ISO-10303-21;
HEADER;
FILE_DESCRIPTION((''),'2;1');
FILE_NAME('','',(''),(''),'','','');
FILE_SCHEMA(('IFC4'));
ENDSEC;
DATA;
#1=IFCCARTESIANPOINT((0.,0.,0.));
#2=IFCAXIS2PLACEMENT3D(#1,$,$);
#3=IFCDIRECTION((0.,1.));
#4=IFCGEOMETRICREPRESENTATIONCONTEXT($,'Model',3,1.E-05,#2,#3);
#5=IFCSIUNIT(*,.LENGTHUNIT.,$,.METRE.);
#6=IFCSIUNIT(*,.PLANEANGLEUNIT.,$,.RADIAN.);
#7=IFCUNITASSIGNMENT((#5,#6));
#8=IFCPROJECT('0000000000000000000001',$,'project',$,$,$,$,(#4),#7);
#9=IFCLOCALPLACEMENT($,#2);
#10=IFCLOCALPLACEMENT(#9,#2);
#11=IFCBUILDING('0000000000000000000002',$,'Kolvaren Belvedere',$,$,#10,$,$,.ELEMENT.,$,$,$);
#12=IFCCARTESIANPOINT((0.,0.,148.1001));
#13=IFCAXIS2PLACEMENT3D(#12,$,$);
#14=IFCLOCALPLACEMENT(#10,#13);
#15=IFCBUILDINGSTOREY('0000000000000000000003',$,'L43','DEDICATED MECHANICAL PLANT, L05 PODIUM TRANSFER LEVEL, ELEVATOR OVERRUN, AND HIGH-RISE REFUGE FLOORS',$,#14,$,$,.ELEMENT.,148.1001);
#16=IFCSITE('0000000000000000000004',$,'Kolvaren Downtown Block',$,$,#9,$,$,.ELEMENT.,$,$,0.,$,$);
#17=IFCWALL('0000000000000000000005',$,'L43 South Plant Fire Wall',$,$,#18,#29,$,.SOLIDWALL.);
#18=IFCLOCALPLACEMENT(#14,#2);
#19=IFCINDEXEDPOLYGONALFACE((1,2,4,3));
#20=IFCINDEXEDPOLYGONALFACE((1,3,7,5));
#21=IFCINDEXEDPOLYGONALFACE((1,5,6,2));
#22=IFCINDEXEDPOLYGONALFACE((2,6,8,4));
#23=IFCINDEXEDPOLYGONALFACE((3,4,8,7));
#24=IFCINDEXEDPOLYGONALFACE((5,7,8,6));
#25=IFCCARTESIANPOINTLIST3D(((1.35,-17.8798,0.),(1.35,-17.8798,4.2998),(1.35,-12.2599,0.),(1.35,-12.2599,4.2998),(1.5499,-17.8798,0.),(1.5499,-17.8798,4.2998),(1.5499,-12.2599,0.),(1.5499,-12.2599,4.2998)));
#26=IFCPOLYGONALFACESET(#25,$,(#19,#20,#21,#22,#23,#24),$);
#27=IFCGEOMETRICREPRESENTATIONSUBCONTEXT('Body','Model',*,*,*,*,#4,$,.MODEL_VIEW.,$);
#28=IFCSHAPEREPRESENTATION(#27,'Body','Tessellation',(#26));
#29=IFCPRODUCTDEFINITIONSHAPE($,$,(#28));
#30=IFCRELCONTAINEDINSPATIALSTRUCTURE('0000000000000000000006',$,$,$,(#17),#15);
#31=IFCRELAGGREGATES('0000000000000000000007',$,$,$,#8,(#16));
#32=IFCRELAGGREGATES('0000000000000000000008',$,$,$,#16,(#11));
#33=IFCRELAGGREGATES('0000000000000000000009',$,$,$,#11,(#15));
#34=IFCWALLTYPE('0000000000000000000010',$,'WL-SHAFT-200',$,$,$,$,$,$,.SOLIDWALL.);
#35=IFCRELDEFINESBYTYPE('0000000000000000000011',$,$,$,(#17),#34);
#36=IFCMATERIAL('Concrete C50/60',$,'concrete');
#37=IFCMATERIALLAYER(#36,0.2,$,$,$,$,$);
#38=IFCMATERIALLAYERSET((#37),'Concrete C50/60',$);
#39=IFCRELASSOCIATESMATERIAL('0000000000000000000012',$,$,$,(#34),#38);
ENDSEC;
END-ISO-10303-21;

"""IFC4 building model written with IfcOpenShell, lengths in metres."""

from ifc_helpers import new_model, si_unit, direction, frame, frame_2d, origin, place, context, subcontext, project, spatial, rectangle, extrude, material, layer, layer_set, type_object, element, save


model = new_model("IFC4")

# Units and contexts
model_context = context("Model", 3, precision=1e-05, world=origin(), true_north=direction((0.0, 1.0)))
body_context = subcontext(model_context, "Body", "Model", "MODEL_VIEW")
ifc_project = project(units=[si_unit("LENGTHUNIT", "METRE"), si_unit("PLANEANGLEUNIT", "RADIAN")], contexts=[model_context])

# Site, building, storey
site_placement = place(None, origin())
site = spatial("IfcSite", under=ifc_project, at=site_placement, Name="Kolvaren Downtown Block", CompositionType="ELEMENT", RefElevation=0.0)
building_placement = place(site_placement, origin())
building = spatial("IfcBuilding", under=site, at=building_placement, Name="Kolvaren Belvedere", CompositionType="ELEMENT")
storey_placement = place(building_placement, frame((0.0, 0.0, 148.1001)))
storey = spatial("IfcBuildingStorey", under=building, at=storey_placement, Name="L43", Description="DEDICATED MECHANICAL PLANT, L05 PODIUM TRANSFER LEVEL, ELEVATOR OVERRUN, AND HIGH-RISE REFUGE FLOORS", CompositionType="ELEMENT", Elevation=148.1001)

# Wall
ifc_material_1 = material(Name="Concrete C50/60", Category="concrete")
ifc_layer_1 = layer(ifc_material_1, 0.2)
ifc_layer_set_1 = layer_set([ifc_layer_1], Name="Concrete C50/60")
wall_type_1 = type_object("IfcWallType", Name="WL-SHAFT-200", PredefinedType="SOLIDWALL", material=ifc_layer_set_1)
wall_1_placement = place(storey_placement, frame((1.45, -17.8799, 0.0), z_axis=(0.0, 0.0, 1.0), x_axis=(0.0, 1.0, 0.0)))
element("IfcWall", 1, at=wall_1_placement, inside=storey, type_object=wall_type_1, Name="L43 South Plant Fire Wall", PredefinedType="SOLIDWALL", context=body_context, shape_type="SweptSolid", body=[
    extrude(rectangle(XDim=5.6199, YDim=0.2, at=frame_2d((2.8101, 0.0))), origin(), (0.0, 0.0, 1.0), 4.2998),
])

save(model, "model.ifc")
